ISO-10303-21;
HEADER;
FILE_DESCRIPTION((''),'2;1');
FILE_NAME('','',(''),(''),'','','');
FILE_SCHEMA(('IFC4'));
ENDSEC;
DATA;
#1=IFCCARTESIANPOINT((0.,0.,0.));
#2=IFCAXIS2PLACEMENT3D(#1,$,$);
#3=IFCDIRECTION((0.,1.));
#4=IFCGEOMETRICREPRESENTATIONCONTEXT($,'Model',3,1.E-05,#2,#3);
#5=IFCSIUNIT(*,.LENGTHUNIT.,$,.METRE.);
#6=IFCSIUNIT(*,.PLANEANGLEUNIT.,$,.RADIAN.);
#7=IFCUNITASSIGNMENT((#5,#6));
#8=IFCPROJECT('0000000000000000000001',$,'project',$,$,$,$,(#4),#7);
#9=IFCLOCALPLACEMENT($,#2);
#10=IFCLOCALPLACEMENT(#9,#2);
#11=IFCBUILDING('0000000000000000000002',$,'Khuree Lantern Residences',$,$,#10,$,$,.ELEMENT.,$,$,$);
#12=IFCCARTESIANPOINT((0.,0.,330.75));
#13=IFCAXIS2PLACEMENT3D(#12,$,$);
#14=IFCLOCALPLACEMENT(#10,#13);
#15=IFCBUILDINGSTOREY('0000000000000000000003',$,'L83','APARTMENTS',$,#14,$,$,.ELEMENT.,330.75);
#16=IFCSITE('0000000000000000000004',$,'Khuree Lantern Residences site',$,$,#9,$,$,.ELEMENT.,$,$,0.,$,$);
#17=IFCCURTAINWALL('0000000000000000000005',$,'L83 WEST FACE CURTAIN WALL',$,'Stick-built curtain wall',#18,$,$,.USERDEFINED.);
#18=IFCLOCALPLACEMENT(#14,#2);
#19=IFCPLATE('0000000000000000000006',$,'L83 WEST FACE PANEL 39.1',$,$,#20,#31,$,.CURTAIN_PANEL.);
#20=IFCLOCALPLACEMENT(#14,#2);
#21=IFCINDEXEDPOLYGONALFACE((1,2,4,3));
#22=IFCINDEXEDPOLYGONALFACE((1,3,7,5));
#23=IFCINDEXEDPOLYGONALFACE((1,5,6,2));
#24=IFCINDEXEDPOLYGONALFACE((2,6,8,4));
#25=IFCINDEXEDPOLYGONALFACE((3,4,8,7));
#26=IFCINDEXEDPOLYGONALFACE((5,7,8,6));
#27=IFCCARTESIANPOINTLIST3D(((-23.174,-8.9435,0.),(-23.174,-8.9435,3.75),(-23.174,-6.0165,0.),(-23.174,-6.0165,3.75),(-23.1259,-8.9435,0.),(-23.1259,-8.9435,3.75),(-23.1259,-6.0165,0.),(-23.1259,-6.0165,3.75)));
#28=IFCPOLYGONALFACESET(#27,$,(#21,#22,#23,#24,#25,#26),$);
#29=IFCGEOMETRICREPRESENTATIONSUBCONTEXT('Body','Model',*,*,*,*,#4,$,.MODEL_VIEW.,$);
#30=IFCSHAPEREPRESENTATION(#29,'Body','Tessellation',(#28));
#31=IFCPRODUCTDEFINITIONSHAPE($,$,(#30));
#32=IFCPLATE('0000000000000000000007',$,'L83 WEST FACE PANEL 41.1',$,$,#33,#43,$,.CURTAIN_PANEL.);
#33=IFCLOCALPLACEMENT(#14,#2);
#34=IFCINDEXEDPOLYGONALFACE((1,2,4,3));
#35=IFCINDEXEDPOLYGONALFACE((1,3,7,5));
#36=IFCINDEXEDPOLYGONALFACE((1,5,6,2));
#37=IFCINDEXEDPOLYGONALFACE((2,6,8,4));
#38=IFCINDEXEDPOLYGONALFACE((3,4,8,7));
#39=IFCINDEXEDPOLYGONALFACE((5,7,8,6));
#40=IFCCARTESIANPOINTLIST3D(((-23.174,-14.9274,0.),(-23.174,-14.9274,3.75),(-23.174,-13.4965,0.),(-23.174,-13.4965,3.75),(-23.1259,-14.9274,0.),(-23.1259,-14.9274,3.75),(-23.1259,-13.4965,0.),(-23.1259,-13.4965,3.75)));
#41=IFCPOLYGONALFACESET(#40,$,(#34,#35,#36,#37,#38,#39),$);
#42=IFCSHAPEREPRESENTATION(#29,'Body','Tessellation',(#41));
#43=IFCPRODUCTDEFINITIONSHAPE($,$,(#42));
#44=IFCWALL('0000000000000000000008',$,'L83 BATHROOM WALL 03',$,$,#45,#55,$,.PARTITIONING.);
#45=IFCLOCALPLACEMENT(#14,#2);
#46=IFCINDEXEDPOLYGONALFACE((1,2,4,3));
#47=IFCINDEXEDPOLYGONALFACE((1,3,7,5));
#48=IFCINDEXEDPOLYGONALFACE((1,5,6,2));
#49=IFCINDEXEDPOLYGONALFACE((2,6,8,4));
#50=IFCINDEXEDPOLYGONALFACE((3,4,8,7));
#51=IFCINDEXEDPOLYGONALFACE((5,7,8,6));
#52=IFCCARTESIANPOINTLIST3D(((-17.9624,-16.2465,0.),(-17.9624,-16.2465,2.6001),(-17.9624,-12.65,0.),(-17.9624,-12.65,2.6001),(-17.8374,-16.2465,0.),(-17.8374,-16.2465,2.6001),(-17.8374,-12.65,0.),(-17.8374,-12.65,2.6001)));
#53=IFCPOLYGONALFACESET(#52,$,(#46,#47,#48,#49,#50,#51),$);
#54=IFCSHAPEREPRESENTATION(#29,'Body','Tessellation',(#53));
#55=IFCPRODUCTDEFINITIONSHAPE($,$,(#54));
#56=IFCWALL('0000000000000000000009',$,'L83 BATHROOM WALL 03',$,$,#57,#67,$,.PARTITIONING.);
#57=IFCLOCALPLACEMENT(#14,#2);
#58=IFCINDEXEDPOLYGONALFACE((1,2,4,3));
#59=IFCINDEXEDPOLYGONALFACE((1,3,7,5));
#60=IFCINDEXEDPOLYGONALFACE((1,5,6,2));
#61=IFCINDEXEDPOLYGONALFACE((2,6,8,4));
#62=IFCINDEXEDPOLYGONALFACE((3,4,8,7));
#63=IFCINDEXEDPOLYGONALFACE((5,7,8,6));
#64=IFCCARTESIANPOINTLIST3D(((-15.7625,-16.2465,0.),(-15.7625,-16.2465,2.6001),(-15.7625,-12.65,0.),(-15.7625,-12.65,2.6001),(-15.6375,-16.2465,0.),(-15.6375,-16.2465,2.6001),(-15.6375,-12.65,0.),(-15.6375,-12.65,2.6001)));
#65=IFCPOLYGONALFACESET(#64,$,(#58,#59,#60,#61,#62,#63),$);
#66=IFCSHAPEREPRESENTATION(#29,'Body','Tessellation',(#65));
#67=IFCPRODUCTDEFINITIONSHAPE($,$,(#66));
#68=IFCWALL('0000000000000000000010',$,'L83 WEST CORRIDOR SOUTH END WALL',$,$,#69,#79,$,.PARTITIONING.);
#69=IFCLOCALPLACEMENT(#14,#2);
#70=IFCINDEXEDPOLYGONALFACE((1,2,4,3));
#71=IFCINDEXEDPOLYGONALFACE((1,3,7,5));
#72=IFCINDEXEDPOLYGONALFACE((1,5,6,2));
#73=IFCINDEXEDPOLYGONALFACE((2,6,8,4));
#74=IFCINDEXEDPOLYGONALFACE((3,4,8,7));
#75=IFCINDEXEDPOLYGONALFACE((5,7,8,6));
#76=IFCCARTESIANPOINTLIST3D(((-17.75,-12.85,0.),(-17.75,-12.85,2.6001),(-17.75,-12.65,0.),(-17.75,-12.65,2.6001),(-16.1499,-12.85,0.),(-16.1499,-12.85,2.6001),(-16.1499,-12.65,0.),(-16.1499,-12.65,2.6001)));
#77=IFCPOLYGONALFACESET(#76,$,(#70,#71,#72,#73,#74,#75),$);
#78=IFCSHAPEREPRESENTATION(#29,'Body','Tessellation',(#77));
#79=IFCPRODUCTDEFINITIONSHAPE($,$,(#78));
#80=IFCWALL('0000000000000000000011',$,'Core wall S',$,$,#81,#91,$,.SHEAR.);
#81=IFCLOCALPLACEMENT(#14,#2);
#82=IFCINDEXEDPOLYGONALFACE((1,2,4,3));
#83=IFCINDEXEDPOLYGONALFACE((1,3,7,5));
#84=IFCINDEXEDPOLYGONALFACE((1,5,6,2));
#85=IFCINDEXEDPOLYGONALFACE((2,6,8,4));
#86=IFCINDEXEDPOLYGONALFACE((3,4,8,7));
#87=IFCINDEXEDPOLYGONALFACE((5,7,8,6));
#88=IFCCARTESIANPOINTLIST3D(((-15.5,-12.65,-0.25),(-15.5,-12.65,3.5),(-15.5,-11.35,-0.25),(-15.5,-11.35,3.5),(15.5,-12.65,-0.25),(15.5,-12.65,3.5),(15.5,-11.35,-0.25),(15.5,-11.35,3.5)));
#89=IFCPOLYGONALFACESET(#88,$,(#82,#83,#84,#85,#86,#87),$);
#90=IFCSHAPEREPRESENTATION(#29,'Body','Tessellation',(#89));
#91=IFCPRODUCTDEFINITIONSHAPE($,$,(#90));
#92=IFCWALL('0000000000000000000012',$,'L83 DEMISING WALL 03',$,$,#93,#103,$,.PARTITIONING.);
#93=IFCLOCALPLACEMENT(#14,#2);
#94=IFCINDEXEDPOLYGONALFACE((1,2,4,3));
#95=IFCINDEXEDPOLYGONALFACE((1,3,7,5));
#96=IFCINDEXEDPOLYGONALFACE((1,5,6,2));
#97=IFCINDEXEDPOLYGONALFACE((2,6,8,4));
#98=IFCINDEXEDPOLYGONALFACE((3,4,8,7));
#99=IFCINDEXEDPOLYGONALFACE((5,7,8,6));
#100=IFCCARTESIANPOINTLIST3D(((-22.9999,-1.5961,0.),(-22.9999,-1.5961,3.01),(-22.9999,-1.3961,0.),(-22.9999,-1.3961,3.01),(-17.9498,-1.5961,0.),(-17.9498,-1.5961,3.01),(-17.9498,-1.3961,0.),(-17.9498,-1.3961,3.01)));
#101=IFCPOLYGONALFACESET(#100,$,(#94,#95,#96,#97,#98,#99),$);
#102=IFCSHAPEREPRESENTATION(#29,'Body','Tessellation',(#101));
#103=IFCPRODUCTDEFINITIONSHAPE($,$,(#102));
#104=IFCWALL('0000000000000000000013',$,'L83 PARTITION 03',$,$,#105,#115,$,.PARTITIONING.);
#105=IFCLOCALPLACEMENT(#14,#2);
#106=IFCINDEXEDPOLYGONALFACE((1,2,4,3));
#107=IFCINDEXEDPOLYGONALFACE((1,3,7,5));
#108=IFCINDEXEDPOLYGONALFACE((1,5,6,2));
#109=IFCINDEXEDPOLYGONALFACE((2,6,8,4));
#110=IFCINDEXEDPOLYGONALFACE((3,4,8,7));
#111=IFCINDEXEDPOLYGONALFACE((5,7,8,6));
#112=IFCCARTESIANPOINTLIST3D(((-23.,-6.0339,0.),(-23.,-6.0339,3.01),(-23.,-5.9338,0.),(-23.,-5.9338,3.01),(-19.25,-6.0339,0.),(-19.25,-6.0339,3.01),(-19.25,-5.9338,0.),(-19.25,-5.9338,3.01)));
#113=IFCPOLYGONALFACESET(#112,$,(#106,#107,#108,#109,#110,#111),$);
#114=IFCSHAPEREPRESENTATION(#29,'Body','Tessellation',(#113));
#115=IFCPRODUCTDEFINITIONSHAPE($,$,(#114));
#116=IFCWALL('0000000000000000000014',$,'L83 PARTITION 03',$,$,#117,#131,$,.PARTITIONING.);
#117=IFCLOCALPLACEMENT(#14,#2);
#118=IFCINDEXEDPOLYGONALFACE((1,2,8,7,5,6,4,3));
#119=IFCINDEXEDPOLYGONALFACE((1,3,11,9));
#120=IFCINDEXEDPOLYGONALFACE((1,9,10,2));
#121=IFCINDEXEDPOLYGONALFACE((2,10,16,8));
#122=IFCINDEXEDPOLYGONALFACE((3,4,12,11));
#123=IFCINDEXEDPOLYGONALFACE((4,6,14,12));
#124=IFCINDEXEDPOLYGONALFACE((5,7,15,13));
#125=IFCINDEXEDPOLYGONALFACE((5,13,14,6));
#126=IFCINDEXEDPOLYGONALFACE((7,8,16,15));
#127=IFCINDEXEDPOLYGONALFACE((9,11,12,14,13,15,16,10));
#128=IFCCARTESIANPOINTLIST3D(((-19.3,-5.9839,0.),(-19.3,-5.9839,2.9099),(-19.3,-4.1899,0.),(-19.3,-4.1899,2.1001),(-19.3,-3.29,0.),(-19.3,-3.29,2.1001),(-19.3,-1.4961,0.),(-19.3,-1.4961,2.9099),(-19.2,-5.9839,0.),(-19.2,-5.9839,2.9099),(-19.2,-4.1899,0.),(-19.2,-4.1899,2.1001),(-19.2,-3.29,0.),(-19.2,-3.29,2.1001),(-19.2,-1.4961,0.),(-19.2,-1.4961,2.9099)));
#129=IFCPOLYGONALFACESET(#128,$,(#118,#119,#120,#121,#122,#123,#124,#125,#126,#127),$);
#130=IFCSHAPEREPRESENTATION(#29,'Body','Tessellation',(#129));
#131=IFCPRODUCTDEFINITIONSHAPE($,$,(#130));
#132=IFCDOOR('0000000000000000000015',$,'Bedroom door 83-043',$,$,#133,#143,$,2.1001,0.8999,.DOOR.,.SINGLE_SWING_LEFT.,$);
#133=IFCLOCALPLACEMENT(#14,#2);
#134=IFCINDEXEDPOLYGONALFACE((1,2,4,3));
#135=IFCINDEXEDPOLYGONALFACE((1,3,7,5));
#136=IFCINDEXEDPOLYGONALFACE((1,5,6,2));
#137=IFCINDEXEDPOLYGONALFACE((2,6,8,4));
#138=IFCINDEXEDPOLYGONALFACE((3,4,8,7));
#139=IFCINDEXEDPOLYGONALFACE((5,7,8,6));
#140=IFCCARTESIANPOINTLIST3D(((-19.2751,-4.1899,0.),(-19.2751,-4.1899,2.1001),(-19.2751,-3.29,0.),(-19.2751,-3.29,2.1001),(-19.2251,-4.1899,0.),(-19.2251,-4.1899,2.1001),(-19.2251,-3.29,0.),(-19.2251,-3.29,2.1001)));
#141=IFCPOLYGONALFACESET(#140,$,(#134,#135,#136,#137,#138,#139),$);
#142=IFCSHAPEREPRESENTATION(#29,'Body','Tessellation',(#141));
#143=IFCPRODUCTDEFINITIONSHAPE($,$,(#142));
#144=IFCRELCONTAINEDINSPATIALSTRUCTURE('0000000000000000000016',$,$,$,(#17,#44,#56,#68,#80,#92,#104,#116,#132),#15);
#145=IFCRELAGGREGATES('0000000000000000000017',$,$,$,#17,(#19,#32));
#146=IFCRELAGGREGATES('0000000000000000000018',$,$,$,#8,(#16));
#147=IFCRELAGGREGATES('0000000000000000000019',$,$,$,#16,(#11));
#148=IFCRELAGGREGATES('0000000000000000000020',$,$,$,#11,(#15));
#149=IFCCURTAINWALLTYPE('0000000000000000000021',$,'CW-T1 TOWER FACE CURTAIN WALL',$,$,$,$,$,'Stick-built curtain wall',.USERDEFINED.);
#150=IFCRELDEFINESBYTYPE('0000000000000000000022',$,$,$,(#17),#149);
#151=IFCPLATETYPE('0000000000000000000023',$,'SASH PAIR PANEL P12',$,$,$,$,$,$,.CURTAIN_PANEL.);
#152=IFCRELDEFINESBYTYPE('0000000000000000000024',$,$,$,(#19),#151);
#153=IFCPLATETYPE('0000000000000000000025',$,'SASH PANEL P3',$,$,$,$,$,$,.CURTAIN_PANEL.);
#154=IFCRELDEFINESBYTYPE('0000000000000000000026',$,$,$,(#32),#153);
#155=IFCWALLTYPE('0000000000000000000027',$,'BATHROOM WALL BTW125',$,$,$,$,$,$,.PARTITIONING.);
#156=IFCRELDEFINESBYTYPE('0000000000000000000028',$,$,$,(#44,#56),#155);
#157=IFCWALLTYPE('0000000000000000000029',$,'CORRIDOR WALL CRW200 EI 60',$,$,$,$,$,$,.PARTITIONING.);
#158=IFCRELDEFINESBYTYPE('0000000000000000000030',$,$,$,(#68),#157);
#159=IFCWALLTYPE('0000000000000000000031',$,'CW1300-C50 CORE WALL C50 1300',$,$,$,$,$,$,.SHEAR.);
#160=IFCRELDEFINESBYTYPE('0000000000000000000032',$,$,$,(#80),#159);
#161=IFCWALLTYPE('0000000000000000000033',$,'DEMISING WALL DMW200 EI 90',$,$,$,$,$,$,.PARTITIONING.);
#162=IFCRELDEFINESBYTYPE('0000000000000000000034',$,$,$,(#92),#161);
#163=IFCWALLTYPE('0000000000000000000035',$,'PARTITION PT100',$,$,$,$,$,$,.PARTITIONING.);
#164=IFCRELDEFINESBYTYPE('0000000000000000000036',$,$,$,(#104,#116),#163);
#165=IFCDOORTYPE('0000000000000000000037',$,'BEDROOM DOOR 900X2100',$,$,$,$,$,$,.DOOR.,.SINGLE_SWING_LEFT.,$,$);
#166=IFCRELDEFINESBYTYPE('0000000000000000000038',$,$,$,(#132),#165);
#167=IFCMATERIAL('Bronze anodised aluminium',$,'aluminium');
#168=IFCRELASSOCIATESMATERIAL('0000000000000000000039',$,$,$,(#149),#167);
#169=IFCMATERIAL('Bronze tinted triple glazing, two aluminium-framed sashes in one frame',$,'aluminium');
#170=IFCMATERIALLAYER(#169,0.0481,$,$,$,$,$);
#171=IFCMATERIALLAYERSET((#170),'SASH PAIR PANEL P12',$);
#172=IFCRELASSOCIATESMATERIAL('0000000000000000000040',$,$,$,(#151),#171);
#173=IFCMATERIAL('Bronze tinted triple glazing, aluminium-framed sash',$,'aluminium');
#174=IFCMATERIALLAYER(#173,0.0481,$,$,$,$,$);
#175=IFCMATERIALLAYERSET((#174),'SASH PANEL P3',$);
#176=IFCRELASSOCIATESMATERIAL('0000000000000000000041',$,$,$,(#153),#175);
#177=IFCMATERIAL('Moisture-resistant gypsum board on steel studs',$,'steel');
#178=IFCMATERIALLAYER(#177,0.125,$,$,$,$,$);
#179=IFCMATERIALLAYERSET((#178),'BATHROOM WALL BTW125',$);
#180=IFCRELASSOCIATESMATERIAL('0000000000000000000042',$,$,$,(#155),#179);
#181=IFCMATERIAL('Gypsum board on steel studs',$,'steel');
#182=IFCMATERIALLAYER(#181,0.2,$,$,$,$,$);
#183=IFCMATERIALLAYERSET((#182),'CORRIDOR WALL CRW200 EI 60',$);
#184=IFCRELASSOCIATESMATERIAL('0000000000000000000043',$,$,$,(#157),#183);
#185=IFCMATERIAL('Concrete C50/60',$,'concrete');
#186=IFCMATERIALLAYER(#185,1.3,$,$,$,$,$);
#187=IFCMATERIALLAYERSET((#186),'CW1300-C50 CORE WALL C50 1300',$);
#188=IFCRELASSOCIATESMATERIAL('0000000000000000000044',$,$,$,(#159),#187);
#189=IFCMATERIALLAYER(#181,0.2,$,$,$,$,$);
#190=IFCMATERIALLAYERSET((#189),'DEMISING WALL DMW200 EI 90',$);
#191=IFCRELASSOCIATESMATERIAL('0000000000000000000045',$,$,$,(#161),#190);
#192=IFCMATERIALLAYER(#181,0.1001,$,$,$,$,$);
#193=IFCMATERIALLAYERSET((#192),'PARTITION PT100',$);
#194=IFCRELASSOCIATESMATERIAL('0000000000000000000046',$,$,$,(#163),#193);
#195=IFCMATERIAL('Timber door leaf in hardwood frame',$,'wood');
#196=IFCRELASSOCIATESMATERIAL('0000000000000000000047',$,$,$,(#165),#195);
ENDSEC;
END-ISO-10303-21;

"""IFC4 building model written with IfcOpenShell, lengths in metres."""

from ifc_helpers import new_model, si_unit, direction, frame, frame_2d, origin, origin_2d, place, context, subcontext, project, spatial, rectangle, extrude, material, layer, layer_set, type_object, element, fill, aggregate, save


model = new_model("IFC4")

# Units and contexts
model_context = context("Model", 3, precision=1e-05, world=origin(), true_north=direction((0.0, 1.0)))
body_context = subcontext(model_context, "Body", "Model", "MODEL_VIEW")
ifc_project = project(units=[si_unit("LENGTHUNIT", "METRE"), si_unit("PLANEANGLEUNIT", "RADIAN")], contexts=[model_context])

# Site, building, storey
site_placement = place(None, origin())
site = spatial("IfcSite", under=ifc_project, at=site_placement, Name="Khuree Lantern Residences site", CompositionType="ELEMENT", RefElevation=0.0)
building_placement = place(site_placement, origin())
building = spatial("IfcBuilding", under=site, at=building_placement, Name="Khuree Lantern Residences", CompositionType="ELEMENT")
storey_placement = place(building_placement, frame((0.0, 0.0, 330.75)))
storey = spatial("IfcBuildingStorey", under=building, at=storey_placement, Name="L83", Description="APARTMENTS", CompositionType="ELEMENT", Elevation=330.75)

# Shared definitions
ifc_material_1 = material(Name="Concrete C50/60", Category="concrete")

# Curtain wall
ifc_material_2 = material(Name="Bronze anodised aluminium", Category="aluminium")
curtain_wall_type = type_object("IfcCurtainWallType", Name="CW-T1 TOWER FACE CURTAIN WALL", ElementType="Stick-built curtain wall", PredefinedType="USERDEFINED", material=ifc_material_2)
curtain_wall_placement = place(storey_placement, origin())
curtain_wall = element("IfcCurtainWall", 1, at=curtain_wall_placement, inside=storey, type_object=curtain_wall_type, Name="L83 WEST FACE CURTAIN WALL", ObjectType="Stick-built curtain wall", PredefinedType="USERDEFINED")

# Plates
ifc_material_3 = material(Name="Bronze tinted triple glazing, two aluminium-framed sashes in one frame", Category="aluminium")
ifc_layer_1 = layer(ifc_material_3, 0.0481)
ifc_layer_set_1 = layer_set([ifc_layer_1], Name="SASH PAIR PANEL P12")
plate_type_1 = type_object("IfcPlateType", Name="SASH PAIR PANEL P12", PredefinedType="CURTAIN_PANEL", material=ifc_layer_set_1)
plate_1_placement = place(storey_placement, frame((-23.1499, -7.48, 0.0), z_axis=(0.0, 0.0, 1.0), x_axis=(0.0, -1.0, 0.0)))
plate_1 = element("IfcPlate", 2, at=plate_1_placement, type_object=plate_type_1, Name="L83 WEST FACE PANEL 39.1", PredefinedType="CURTAIN_PANEL", context=body_context, shape_type="SweptSolid", body=[
    extrude(rectangle(XDim=2.927, YDim=0.0481, at=origin_2d()), origin(), (0.0, 0.0, 1.0), 3.75),
])
ifc_material_4 = material(Name="Bronze tinted triple glazing, aluminium-framed sash", Category="aluminium")
ifc_layer_2 = layer(ifc_material_4, 0.0481)
ifc_layer_set_2 = layer_set([ifc_layer_2], Name="SASH PANEL P3")
plate_type_2 = type_object("IfcPlateType", Name="SASH PANEL P3", PredefinedType="CURTAIN_PANEL", material=ifc_layer_set_2)
plate_2_placement = place(storey_placement, frame((-23.1499, -14.2119, 0.0), z_axis=(0.0, 0.0, 1.0), x_axis=(0.0, -1.0, 0.0)))
plate_2 = element("IfcPlate", 3, at=plate_2_placement, type_object=plate_type_2, Name="L83 WEST FACE PANEL 41.1", PredefinedType="CURTAIN_PANEL", context=body_context, shape_type="SweptSolid", body=[
    extrude(rectangle(XDim=1.4309, YDim=0.0481, at=origin_2d()), origin(), (0.0, 0.0, 1.0), 3.75),
])
aggregate(curtain_wall, [plate_1, plate_2])

# Walls
ifc_material_5 = material(Name="Moisture-resistant gypsum board on steel studs", Category="steel")
ifc_layer_3 = layer(ifc_material_5, 0.125)
ifc_layer_set_3 = layer_set([ifc_layer_3], Name="BATHROOM WALL BTW125")
wall_type_1 = type_object("IfcWallType", Name="BATHROOM WALL BTW125", PredefinedType="PARTITIONING", material=ifc_layer_set_3)
for number, where, z_axis, x_axis, name in (
    (4, (-17.8999, -12.6499, 0.0), (0.0, 0.0, 1.0), (0.0, -1.0, 0.0), "L83 BATHROOM WALL 03"),
    (5, (-15.7, -12.6499, 0.0), (0.0, 0.0, 1.0), (0.0, -1.0, 0.0), "L83 BATHROOM WALL 03"),
):
    element("IfcWall", number, at=place(storey_placement, frame(where, z_axis=z_axis, x_axis=x_axis)), inside=storey, type_object=wall_type_1, Name=name, PredefinedType="PARTITIONING", context=body_context, shape_type="SweptSolid", body=[
        extrude(rectangle(XDim=3.5964, YDim=0.125, at=frame_2d((1.7983, 0.0))), origin(), (0.0, 0.0, 1.0), 2.6001),
    ])
ifc_material_6 = material(Name="Gypsum board on steel studs", Category="steel")
ifc_layer_4 = layer(ifc_material_6, 0.2)
ifc_layer_set_4 = layer_set([ifc_layer_4], Name="CORRIDOR WALL CRW200 EI 60")
wall_type_2 = type_object("IfcWallType", Name="CORRIDOR WALL CRW200 EI 60", PredefinedType="PARTITIONING", material=ifc_layer_set_4)
wall_1_placement = place(storey_placement, frame((-16.1499, -12.75, 0.0), z_axis=(0.0, 0.0, 1.0), x_axis=(-1.0, 0.0, 0.0)))
element("IfcWall", 6, at=wall_1_placement, inside=storey, type_object=wall_type_2, Name="L83 WEST CORRIDOR SOUTH END WALL", PredefinedType="PARTITIONING", context=body_context, shape_type="SweptSolid", body=[
    extrude(rectangle(XDim=1.6001, YDim=0.2, at=frame_2d((0.8, 0.0))), origin(), (0.0, 0.0, 1.0), 2.6001),
])
ifc_layer_5 = layer(ifc_material_1, 1.3)
ifc_layer_set_5 = layer_set([ifc_layer_5], Name="CW1300-C50 CORE WALL C50 1300")
wall_type_3 = type_object("IfcWallType", Name="CW1300-C50 CORE WALL C50 1300", PredefinedType="SHEAR", material=ifc_layer_set_5)
wall_2_placement = place(storey_placement, frame((-15.5, -12.0, -0.25), z_axis=(0.0, 0.0, 1.0), x_axis=(1.0, 0.0, 0.0)))
element("IfcWall", 7, at=wall_2_placement, inside=storey, type_object=wall_type_3, Name="Core wall S", PredefinedType="SHEAR", context=body_context, shape_type="SweptSolid", body=[
    extrude(rectangle(XDim=31.0, YDim=1.3, at=frame_2d((15.5, 0.0))), origin(), (0.0, 0.0, 1.0), 3.75),
])
ifc_layer_6 = layer(ifc_material_6, 0.2)
ifc_layer_set_6 = layer_set([ifc_layer_6], Name="DEMISING WALL DMW200 EI 90")
wall_type_4 = type_object("IfcWallType", Name="DEMISING WALL DMW200 EI 90", PredefinedType="PARTITIONING", material=ifc_layer_set_6)
wall_3_placement = place(storey_placement, frame((-17.95, -1.4961, 0.0), z_axis=(0.0, 0.0, 1.0), x_axis=(-1.0, 0.0, 0.0)))
element("IfcWall", 8, at=wall_3_placement, inside=storey, type_object=wall_type_4, Name="L83 DEMISING WALL 03", PredefinedType="PARTITIONING", context=body_context, shape_type="SweptSolid", body=[
    extrude(rectangle(XDim=5.05, YDim=0.2, at=frame_2d((2.5249, 0.0))), origin(), (0.0, 0.0, 1.0), 3.01),
])
ifc_layer_7 = layer(ifc_material_6, 0.1001)
ifc_layer_set_7 = layer_set([ifc_layer_7], Name="PARTITION PT100")
wall_type_5 = type_object("IfcWallType", Name="PARTITION PT100", PredefinedType="PARTITIONING", material=ifc_layer_set_7)
wall_4_placement = place(storey_placement, frame((-19.25, -5.9839, 0.0), z_axis=(0.0, 0.0, 1.0), x_axis=(-1.0, 0.0, 0.0)))
element("IfcWall", 9, at=wall_4_placement, inside=storey, type_object=wall_type_5, Name="L83 PARTITION 03", PredefinedType="PARTITIONING", context=body_context, shape_type="SweptSolid", body=[
    extrude(rectangle(XDim=3.75, YDim=0.1001, at=frame_2d((1.875, 0.0))), origin(), (0.0, 0.0, 1.0), 3.01),
])

# Wall, opening, door
wall_5_placement = place(storey_placement, frame((-19.25, -1.4961, 0.0), z_axis=(0.0, 0.0, 1.0), x_axis=(0.0, -1.0, 0.0)))
wall_5 = element("IfcWall", 10, at=wall_5_placement, inside=storey, type_object=wall_type_5, Name="L83 PARTITION 03", PredefinedType="PARTITIONING", context=body_context, shape_type="SweptSolid", body=[
    extrude(rectangle(XDim=4.4878, YDim=0.1001, at=frame_2d((2.2439, 0.0))), origin(), (0.0, 0.0, 1.0), 2.9099),
])
opening_placement = place(wall_5_placement, frame((1.7939, 0.0, 0.0)))
opening = element("IfcOpeningElement", 11, at=opening_placement, cuts=wall_5, PredefinedType="OPENING", context=body_context, shape_type="SweptSolid", body=[
    extrude(rectangle(XDim=0.8999, YDim=2.1001, at=frame_2d((0.45, 1.05))), frame((0.0, 0.0601, 0.0), z_axis=(0.0, -1.0, 0.0), x_axis=(1.0, 0.0, 0.0)), (0.0, 0.0, 1.0), 0.1201),
])
ifc_material_7 = material(Name="Timber door leaf in hardwood frame", Category="wood")
door_type = type_object("IfcDoorType", Name="BEDROOM DOOR 900X2100", OperationType="SINGLE_SWING_LEFT", PredefinedType="DOOR", material=ifc_material_7)
door_placement = place(opening_placement, origin())
door = element("IfcDoor", 12, at=door_placement, inside=storey, type_object=door_type, Name="Bedroom door 83-043", OperationType="SINGLE_SWING_LEFT", OverallHeight=2.1001, OverallWidth=0.8999, PredefinedType="DOOR", context=body_context, shape_type="SweptSolid", body=[
    extrude(rectangle(XDim=0.8999, YDim=2.1001, at=frame_2d((0.45, 1.05))), frame((0.0, 0.0249, 0.0), z_axis=(0.0, -1.0, 0.0), x_axis=(1.0, 0.0, 0.0)), (0.0, 0.0, 1.0), 0.05),
])
fill(opening, door)

save(model, "model.ifc")
